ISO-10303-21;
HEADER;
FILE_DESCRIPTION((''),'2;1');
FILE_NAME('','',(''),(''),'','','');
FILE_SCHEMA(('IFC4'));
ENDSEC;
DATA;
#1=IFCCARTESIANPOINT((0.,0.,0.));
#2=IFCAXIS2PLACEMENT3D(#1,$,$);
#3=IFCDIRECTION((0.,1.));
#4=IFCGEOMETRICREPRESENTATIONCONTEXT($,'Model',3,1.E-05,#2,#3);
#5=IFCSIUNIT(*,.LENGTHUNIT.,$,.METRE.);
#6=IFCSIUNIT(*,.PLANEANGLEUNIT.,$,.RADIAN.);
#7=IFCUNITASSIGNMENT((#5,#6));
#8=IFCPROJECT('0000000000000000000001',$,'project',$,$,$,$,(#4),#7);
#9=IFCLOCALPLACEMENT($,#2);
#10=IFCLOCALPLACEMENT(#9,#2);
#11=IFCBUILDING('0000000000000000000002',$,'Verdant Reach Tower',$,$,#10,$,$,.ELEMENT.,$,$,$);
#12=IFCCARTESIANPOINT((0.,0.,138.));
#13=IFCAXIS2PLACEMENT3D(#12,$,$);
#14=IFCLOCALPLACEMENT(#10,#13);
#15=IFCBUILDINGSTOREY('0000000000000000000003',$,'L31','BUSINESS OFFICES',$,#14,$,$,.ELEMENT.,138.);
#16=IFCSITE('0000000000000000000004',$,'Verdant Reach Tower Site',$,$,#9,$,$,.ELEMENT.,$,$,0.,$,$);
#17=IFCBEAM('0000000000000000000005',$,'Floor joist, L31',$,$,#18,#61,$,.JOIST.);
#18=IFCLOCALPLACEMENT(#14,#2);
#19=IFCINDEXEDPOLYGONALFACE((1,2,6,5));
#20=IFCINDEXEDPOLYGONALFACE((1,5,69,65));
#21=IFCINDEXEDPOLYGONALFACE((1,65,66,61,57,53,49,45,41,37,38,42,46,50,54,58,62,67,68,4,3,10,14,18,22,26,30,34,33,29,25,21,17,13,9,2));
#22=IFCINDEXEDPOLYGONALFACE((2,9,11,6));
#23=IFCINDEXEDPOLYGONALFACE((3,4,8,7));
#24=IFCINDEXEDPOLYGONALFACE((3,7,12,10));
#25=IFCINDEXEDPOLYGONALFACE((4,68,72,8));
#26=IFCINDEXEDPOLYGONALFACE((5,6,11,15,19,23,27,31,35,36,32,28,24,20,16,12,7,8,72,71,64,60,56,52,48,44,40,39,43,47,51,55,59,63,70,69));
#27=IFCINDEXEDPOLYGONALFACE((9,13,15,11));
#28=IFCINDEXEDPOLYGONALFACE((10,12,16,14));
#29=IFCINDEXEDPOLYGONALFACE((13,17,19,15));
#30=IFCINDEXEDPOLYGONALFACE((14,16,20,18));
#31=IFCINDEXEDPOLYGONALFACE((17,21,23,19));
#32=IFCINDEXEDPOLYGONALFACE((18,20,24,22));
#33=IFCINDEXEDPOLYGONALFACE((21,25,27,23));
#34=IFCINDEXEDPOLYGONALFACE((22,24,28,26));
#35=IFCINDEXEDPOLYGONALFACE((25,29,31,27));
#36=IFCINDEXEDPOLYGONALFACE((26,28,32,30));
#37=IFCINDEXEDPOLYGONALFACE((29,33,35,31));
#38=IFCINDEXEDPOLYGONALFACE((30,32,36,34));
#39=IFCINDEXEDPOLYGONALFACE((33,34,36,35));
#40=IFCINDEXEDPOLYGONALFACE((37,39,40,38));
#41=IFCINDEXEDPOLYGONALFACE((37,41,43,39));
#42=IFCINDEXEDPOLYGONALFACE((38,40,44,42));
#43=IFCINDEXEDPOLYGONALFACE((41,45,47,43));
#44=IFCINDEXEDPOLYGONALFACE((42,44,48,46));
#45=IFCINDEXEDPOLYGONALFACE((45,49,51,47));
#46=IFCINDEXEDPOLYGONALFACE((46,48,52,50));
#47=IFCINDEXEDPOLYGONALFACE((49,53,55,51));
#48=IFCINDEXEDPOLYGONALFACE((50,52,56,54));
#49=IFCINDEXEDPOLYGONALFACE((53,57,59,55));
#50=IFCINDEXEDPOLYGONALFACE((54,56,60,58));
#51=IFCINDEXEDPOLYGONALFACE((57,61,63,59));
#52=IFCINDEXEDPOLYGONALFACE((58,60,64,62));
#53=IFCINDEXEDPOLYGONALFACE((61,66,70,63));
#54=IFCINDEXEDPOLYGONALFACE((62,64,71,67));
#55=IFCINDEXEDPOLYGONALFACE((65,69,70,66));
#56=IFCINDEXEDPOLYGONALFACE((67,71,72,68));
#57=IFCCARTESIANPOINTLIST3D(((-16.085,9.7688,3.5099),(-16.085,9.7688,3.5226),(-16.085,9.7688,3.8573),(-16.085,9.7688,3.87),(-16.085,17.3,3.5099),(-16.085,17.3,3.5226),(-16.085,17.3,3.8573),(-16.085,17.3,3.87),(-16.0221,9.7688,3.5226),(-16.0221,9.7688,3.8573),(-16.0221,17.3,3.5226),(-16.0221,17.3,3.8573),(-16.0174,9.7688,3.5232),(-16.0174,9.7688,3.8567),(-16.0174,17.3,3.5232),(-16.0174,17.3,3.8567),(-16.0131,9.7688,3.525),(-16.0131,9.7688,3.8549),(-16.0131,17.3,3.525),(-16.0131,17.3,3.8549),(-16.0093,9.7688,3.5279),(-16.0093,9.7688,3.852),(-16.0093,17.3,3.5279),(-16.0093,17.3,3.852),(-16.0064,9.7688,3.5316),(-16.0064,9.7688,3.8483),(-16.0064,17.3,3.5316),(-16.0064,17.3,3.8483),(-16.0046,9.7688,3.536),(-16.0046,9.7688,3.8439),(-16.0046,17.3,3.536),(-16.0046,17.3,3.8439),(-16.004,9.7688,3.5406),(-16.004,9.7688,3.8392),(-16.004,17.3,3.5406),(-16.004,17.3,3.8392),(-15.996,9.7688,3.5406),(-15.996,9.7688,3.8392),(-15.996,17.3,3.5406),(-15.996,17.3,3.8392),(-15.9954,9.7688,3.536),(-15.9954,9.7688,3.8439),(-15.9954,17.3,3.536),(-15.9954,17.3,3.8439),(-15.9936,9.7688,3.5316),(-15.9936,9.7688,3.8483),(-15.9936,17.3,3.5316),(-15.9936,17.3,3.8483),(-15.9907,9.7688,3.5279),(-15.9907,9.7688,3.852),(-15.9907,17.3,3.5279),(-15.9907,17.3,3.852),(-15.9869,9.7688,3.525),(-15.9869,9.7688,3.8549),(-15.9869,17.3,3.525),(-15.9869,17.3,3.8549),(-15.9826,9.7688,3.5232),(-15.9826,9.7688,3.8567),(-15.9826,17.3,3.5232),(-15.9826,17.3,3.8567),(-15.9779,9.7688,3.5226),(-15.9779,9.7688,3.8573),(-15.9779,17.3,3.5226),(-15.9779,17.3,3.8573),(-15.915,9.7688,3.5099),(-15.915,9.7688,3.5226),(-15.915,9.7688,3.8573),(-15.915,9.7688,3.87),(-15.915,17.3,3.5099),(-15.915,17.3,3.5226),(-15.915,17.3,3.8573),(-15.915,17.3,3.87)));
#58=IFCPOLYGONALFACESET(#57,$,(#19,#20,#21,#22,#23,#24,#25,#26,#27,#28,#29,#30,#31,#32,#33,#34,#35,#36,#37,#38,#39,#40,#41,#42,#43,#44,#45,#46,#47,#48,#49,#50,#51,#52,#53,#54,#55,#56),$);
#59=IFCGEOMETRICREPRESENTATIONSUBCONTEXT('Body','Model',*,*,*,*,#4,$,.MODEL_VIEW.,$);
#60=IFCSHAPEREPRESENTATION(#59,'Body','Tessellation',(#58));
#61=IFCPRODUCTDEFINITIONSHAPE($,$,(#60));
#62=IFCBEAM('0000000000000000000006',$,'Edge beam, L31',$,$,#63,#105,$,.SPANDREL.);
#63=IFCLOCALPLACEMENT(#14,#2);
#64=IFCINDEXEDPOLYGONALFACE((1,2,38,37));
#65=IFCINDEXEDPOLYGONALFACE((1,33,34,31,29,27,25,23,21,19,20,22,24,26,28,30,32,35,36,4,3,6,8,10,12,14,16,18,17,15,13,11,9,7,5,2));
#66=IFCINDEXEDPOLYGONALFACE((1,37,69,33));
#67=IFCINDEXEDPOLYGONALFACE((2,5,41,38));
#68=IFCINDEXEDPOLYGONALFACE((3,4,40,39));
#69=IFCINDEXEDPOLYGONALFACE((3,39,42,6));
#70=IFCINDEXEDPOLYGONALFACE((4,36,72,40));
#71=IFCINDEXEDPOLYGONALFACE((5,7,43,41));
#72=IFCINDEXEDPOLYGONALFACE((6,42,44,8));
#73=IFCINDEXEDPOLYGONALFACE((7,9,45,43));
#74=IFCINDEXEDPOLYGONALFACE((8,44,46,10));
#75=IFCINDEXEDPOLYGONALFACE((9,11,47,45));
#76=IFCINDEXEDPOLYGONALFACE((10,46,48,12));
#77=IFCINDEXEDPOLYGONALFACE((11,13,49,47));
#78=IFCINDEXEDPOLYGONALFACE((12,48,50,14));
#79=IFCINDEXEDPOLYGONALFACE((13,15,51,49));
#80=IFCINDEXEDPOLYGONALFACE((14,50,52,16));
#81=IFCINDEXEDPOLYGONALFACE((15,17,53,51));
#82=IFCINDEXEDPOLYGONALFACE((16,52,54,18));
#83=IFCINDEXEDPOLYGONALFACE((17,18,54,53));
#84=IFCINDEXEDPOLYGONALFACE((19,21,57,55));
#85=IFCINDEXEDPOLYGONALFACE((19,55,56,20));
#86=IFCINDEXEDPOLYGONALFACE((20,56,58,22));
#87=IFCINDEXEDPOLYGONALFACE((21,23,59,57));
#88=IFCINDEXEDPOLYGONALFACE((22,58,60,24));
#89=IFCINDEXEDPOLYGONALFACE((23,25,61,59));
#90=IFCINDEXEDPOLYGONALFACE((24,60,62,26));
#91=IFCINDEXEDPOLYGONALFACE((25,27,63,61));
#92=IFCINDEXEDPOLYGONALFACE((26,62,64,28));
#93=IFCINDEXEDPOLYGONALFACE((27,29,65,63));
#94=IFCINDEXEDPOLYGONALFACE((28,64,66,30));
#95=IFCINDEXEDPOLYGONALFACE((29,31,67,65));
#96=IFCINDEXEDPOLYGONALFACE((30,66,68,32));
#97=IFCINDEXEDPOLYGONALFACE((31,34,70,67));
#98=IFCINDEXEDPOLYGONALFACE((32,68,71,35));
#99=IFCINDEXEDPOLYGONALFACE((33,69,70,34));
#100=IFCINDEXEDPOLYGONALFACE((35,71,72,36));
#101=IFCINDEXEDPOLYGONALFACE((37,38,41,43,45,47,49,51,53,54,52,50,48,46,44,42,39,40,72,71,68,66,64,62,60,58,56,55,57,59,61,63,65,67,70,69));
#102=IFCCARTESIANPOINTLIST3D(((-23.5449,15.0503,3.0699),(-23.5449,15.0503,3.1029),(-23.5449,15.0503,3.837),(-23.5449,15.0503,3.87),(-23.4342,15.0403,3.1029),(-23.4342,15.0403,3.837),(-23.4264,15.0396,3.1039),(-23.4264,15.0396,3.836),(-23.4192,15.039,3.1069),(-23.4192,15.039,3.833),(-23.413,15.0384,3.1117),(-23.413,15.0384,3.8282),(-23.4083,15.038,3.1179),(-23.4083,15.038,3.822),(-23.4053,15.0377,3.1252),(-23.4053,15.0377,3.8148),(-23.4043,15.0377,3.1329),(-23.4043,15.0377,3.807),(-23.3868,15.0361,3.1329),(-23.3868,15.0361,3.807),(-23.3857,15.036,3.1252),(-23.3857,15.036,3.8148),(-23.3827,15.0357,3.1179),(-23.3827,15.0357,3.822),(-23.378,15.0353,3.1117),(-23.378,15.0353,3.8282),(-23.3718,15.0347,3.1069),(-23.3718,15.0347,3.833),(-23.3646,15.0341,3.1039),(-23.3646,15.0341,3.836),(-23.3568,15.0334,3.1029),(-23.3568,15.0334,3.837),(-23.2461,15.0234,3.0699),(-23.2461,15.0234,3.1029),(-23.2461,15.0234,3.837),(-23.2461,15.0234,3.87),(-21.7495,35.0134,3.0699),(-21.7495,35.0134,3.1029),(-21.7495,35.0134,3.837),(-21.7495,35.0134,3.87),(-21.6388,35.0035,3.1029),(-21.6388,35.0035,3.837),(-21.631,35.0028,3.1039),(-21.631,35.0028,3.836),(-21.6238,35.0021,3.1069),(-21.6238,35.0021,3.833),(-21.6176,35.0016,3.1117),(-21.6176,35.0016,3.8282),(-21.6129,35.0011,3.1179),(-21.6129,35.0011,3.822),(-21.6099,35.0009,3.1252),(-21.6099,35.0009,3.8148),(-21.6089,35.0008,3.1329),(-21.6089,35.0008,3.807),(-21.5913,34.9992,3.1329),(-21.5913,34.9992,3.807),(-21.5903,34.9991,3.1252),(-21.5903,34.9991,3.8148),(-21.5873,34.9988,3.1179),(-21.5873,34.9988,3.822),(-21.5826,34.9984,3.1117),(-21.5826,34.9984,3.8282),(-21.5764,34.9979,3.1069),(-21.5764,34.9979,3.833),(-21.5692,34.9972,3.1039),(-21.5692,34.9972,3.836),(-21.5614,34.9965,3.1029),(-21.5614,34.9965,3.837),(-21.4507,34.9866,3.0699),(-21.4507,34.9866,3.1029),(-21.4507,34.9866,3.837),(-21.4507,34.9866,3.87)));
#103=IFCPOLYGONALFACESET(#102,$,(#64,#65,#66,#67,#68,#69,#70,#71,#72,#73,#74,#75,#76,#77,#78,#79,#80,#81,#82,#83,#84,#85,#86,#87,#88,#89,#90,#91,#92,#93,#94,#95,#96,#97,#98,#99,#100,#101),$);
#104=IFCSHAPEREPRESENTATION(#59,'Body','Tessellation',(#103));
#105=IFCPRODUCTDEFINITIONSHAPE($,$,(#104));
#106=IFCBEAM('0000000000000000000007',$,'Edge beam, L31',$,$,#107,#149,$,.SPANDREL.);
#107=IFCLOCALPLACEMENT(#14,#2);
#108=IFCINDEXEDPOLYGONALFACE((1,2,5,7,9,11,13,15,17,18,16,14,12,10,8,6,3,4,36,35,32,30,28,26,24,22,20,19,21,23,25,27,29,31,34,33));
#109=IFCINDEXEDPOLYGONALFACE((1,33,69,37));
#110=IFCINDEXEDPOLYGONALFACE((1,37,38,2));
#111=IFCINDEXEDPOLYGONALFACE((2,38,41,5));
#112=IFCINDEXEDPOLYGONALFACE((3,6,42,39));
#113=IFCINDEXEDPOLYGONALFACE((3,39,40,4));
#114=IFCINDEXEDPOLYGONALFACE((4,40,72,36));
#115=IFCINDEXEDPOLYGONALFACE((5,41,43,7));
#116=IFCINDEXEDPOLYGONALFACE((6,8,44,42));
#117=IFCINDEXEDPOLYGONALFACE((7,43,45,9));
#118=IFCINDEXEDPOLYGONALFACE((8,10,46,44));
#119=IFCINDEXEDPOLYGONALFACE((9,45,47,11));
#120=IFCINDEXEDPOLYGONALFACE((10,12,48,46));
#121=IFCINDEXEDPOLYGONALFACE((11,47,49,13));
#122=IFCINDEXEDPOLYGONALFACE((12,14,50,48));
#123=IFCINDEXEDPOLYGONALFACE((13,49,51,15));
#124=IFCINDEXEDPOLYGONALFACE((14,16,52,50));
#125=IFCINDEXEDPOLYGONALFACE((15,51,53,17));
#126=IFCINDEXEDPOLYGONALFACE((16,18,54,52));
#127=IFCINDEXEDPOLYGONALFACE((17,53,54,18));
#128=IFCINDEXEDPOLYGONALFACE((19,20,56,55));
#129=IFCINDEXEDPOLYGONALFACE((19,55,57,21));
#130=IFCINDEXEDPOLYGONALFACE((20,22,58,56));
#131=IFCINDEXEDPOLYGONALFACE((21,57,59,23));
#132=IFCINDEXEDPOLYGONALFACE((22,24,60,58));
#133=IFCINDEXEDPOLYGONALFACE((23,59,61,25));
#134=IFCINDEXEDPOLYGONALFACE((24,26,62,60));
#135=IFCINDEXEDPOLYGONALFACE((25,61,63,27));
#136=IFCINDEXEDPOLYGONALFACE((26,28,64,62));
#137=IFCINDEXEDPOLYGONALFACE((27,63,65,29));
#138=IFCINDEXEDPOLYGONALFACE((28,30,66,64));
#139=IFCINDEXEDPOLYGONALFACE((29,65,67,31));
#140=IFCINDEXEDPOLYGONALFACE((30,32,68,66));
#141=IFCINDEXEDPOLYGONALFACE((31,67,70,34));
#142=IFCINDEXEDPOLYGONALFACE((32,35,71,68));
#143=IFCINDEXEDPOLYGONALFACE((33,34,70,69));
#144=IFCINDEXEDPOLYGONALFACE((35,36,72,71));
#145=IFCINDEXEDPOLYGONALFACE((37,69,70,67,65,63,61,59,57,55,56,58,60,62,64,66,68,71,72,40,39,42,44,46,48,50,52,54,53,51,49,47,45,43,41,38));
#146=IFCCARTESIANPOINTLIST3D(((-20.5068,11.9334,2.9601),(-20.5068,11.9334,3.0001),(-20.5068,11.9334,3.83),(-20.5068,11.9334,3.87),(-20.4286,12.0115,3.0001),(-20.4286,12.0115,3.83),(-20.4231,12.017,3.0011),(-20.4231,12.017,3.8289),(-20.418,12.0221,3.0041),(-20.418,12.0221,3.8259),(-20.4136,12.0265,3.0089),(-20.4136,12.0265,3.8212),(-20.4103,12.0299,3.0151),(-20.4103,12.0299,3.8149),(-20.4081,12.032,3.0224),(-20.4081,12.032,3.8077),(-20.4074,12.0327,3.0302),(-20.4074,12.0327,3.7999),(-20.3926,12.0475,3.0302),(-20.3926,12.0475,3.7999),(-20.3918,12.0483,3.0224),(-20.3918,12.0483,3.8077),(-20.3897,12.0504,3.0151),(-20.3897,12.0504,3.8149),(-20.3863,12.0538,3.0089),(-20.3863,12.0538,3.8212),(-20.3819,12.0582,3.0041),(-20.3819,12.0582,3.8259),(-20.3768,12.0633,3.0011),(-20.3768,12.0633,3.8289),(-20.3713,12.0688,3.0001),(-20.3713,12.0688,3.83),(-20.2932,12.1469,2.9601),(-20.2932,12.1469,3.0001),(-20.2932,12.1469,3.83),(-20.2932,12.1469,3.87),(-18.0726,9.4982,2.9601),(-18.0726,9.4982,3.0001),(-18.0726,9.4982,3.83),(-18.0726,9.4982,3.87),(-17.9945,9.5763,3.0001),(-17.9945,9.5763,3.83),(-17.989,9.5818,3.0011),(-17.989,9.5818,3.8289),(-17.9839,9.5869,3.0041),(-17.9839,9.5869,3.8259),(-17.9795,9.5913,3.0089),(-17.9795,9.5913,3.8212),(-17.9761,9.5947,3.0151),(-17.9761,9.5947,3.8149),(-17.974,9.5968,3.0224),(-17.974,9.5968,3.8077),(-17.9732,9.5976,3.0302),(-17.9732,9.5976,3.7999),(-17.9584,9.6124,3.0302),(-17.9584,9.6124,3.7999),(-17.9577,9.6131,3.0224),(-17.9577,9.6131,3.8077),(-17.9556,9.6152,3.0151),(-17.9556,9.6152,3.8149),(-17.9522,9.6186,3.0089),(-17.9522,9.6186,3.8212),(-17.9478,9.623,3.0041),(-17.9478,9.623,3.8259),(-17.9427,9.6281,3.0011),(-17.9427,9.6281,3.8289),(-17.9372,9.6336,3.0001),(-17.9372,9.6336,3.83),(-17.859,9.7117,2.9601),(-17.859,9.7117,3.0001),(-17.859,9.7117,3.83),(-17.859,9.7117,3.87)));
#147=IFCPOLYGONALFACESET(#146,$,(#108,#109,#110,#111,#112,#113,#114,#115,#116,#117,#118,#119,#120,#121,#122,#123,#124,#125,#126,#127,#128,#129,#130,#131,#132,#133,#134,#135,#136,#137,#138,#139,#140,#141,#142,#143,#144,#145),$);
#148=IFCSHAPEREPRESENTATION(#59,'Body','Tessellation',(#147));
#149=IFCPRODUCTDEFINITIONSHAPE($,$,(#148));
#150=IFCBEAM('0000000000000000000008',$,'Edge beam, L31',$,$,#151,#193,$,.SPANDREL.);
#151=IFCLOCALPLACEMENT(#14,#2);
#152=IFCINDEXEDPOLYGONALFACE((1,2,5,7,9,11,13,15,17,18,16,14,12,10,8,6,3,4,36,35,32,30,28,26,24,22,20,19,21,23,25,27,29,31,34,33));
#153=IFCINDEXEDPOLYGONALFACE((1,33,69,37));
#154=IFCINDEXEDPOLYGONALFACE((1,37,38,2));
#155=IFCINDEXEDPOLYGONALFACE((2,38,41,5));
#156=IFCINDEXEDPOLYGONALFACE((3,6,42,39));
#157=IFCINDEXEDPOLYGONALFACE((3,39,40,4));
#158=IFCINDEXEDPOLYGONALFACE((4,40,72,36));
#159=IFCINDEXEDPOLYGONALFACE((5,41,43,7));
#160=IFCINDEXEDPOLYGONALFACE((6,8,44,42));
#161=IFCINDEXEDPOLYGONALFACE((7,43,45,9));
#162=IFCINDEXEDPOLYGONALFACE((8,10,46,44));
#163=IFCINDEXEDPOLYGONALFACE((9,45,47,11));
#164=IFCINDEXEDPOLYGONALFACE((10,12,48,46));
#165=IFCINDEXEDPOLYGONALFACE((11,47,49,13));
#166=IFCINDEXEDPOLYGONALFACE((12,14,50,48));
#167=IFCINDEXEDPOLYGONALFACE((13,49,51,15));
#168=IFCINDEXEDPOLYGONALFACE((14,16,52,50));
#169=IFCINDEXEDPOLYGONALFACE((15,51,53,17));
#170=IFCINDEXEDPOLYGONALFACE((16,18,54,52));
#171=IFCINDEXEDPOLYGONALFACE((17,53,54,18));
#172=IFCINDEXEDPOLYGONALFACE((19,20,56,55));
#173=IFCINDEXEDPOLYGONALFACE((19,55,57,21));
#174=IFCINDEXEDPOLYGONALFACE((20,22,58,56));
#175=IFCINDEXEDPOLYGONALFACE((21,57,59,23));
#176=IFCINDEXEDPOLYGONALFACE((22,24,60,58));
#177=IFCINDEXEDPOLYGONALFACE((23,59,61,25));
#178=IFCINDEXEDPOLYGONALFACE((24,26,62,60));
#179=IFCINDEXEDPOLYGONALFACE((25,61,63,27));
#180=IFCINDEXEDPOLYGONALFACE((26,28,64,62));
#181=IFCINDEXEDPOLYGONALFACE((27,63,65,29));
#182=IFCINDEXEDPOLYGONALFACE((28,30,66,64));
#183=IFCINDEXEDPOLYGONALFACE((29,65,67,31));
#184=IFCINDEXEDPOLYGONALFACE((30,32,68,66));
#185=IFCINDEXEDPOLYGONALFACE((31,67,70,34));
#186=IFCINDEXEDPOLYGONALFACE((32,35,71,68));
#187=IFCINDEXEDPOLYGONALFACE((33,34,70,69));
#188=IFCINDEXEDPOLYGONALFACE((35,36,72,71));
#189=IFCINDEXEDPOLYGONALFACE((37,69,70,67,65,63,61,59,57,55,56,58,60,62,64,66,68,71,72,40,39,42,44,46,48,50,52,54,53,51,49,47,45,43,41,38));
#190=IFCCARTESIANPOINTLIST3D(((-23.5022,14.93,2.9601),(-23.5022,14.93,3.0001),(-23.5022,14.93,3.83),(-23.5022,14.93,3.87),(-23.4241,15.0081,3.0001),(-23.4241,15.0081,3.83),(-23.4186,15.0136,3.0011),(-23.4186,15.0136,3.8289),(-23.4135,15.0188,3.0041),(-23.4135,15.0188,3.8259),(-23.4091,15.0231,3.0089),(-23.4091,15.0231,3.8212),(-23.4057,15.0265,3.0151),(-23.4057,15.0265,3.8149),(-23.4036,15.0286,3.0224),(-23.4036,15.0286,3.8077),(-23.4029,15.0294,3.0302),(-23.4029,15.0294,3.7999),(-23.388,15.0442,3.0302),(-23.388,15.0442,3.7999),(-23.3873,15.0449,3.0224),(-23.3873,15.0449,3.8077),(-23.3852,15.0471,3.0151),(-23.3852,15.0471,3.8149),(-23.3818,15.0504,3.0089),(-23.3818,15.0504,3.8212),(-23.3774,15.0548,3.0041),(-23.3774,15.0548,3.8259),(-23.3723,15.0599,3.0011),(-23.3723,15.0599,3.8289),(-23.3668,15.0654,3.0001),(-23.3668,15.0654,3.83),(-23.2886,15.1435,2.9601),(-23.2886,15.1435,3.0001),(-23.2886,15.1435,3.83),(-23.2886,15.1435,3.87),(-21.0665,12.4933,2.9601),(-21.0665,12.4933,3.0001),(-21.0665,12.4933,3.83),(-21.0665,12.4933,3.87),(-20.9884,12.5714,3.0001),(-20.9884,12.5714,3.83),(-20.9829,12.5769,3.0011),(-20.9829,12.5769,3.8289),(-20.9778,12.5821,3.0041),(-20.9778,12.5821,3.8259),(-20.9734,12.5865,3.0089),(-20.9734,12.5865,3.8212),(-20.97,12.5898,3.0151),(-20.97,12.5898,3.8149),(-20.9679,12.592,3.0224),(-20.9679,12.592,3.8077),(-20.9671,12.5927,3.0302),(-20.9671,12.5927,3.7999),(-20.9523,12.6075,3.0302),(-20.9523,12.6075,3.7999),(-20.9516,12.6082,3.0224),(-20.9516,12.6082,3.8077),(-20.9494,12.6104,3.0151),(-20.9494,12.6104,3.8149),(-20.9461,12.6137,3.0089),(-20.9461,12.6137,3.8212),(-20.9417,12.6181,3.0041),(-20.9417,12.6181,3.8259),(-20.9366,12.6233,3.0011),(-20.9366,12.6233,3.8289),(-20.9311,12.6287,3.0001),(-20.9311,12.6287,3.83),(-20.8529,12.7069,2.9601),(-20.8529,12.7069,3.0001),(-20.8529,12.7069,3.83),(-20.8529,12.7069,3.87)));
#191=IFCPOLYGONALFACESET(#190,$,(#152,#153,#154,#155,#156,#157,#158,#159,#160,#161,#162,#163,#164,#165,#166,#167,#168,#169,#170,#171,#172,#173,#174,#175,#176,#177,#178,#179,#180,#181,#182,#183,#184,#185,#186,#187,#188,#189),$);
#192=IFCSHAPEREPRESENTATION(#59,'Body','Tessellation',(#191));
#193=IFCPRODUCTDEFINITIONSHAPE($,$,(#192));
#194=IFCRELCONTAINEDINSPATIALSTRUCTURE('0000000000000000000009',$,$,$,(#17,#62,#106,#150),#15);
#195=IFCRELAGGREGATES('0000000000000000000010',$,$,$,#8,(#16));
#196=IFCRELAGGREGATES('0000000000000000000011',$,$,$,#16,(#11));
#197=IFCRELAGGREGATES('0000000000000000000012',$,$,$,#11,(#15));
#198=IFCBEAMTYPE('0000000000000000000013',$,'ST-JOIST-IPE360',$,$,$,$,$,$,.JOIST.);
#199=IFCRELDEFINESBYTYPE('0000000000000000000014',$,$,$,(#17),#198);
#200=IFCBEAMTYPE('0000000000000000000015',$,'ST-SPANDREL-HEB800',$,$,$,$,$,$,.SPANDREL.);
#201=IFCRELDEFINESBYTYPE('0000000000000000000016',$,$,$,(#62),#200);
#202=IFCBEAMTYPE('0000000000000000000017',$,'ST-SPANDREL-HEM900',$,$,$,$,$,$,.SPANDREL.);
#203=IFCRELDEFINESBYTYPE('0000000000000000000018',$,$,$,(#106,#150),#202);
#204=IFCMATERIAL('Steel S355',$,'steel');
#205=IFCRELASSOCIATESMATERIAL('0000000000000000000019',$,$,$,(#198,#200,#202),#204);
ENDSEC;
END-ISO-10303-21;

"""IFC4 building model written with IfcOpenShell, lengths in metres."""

from ifc_helpers import new_model, si_unit, direction, frame, origin, origin_2d, place, context, subcontext, project, spatial, i_section, extrude, material, material_profile, profile_set, type_object, element, save


model = new_model("IFC4")

# Units and contexts
model_context = context("Model", 3, precision=1e-05, world=origin(), true_north=direction((0.0, 1.0)))
body_context = subcontext(model_context, "Body", "Model", "MODEL_VIEW")
ifc_project = project(units=[si_unit("LENGTHUNIT", "METRE"), si_unit("PLANEANGLEUNIT", "RADIAN")], contexts=[model_context])

# Site, building, storey
site_placement = place(None, origin())
site = spatial("IfcSite", under=ifc_project, at=site_placement, Name="Verdant Reach Tower Site", CompositionType="ELEMENT", RefElevation=0.0)
building_placement = place(site_placement, origin())
building = spatial("IfcBuilding", under=site, at=building_placement, Name="Verdant Reach Tower", CompositionType="ELEMENT")
storey_placement = place(building_placement, frame((0.0, 0.0, 138.0)))
storey = spatial("IfcBuildingStorey", under=building, at=storey_placement, Name="L31", Description="BUSINESS OFFICES", CompositionType="ELEMENT", Elevation=138.0)

# Beams
ifc_material_1 = material(Name="Steel S355", Category="steel")
ifc_material_profile_1 = material_profile(ifc_material_1, i_section(OverallWidth=0.1699, OverallDepth=0.3601, WebThickness=0.0081, FlangeThickness=0.0127, FilletRadius=0.0181, at=origin_2d()), Name="IPE 360")
ifc_profile_set_1 = profile_set([ifc_material_profile_1], Name="Steel S355")
beam_type_1 = type_object("IfcBeamType", Name="ST-JOIST-IPE360", PredefinedType="JOIST", material=ifc_profile_set_1)
beam_1_placement = place(storey_placement, frame((-16.0, 17.3, 3.6899), z_axis=(0.0, -1.0, 0.0), x_axis=(1.0, 0.0, 0.0)))
element("IfcBeam", 1, at=beam_1_placement, inside=storey, type_object=beam_type_1, Name="Floor joist, L31", PredefinedType="JOIST", context=body_context, shape_type="SweptSolid", body=[
    extrude(i_section(OverallWidth=0.1699, OverallDepth=0.3601, WebThickness=0.0081, FlangeThickness=0.0127, FilletRadius=0.0181, at=origin_2d()), origin(), (0.0, 0.0, 1.0), 7.5312),
])
ifc_material_profile_2 = material_profile(ifc_material_1, i_section(OverallWidth=0.3, OverallDepth=0.8, WebThickness=0.0176, FlangeThickness=0.033, FilletRadius=0.03, at=origin_2d()), Name="HEB 800")
ifc_profile_set_2 = profile_set([ifc_material_profile_2], Name="Steel S355")
beam_type_2 = type_object("IfcBeamType", Name="ST-SPANDREL-HEB800", PredefinedType="SPANDREL", material=ifc_profile_set_2)
beam_2_placement = place(storey_placement, frame((-23.3955, 15.0369, 3.47), z_axis=(0.089575, 0.99598, 0.0), x_axis=(-0.99598, 0.089575, 0.0)))
element("IfcBeam", 2, at=beam_2_placement, inside=storey, type_object=beam_type_2, Name="Edge beam, L31", PredefinedType="SPANDREL", context=body_context, shape_type="SweptSolid", body=[
    extrude(i_section(OverallWidth=0.3, OverallDepth=0.8, WebThickness=0.0176, FlangeThickness=0.033, FilletRadius=0.03, at=origin_2d()), origin(), (0.0, 0.0, 1.0), 20.0437),
])
ifc_material_profile_3 = material_profile(ifc_material_1, i_section(OverallWidth=0.302, OverallDepth=0.9099, WebThickness=0.021, FlangeThickness=0.04, FilletRadius=0.03, at=origin_2d()), Name="HEM 900")
ifc_profile_set_3 = profile_set([ifc_material_profile_3], Name="Steel S355")
beam_type_3 = type_object("IfcBeamType", Name="ST-SPANDREL-HEM900", PredefinedType="SPANDREL", material=ifc_profile_set_3)
beam_3_placement = place(storey_placement, frame((-17.9658, 9.605, 3.415), z_axis=(-0.706965, 0.707249, 0.0), x_axis=(-0.707249, -0.706965, 0.0)))
element("IfcBeam", 3, at=beam_3_placement, inside=storey, type_object=beam_type_3, Name="Edge beam, L31", PredefinedType="SPANDREL", context=body_context, shape_type="SweptSolid", body=[
    extrude(i_section(OverallWidth=0.302, OverallDepth=0.9099, WebThickness=0.021, FlangeThickness=0.04, FilletRadius=0.03, at=origin_2d()), origin(), (0.0, 0.0, 1.0), 3.4431),
])
beam_4_placement = place(storey_placement, frame((-20.9597, 12.6001, 3.415), z_axis=(-0.706965, 0.707248, 0.0), x_axis=(-0.707248, -0.706965, 0.0)))
element("IfcBeam", 4, at=beam_4_placement, inside=storey, type_object=beam_type_3, Name="Edge beam, L31", PredefinedType="SPANDREL", context=body_context, shape_type="SweptSolid", body=[
    extrude(i_section(OverallWidth=0.302, OverallDepth=0.9099, WebThickness=0.021, FlangeThickness=0.04, FilletRadius=0.03, at=origin_2d()), origin(), (0.0, 0.0, 1.0), 3.4453),
])

save(model, "model.ifc")
